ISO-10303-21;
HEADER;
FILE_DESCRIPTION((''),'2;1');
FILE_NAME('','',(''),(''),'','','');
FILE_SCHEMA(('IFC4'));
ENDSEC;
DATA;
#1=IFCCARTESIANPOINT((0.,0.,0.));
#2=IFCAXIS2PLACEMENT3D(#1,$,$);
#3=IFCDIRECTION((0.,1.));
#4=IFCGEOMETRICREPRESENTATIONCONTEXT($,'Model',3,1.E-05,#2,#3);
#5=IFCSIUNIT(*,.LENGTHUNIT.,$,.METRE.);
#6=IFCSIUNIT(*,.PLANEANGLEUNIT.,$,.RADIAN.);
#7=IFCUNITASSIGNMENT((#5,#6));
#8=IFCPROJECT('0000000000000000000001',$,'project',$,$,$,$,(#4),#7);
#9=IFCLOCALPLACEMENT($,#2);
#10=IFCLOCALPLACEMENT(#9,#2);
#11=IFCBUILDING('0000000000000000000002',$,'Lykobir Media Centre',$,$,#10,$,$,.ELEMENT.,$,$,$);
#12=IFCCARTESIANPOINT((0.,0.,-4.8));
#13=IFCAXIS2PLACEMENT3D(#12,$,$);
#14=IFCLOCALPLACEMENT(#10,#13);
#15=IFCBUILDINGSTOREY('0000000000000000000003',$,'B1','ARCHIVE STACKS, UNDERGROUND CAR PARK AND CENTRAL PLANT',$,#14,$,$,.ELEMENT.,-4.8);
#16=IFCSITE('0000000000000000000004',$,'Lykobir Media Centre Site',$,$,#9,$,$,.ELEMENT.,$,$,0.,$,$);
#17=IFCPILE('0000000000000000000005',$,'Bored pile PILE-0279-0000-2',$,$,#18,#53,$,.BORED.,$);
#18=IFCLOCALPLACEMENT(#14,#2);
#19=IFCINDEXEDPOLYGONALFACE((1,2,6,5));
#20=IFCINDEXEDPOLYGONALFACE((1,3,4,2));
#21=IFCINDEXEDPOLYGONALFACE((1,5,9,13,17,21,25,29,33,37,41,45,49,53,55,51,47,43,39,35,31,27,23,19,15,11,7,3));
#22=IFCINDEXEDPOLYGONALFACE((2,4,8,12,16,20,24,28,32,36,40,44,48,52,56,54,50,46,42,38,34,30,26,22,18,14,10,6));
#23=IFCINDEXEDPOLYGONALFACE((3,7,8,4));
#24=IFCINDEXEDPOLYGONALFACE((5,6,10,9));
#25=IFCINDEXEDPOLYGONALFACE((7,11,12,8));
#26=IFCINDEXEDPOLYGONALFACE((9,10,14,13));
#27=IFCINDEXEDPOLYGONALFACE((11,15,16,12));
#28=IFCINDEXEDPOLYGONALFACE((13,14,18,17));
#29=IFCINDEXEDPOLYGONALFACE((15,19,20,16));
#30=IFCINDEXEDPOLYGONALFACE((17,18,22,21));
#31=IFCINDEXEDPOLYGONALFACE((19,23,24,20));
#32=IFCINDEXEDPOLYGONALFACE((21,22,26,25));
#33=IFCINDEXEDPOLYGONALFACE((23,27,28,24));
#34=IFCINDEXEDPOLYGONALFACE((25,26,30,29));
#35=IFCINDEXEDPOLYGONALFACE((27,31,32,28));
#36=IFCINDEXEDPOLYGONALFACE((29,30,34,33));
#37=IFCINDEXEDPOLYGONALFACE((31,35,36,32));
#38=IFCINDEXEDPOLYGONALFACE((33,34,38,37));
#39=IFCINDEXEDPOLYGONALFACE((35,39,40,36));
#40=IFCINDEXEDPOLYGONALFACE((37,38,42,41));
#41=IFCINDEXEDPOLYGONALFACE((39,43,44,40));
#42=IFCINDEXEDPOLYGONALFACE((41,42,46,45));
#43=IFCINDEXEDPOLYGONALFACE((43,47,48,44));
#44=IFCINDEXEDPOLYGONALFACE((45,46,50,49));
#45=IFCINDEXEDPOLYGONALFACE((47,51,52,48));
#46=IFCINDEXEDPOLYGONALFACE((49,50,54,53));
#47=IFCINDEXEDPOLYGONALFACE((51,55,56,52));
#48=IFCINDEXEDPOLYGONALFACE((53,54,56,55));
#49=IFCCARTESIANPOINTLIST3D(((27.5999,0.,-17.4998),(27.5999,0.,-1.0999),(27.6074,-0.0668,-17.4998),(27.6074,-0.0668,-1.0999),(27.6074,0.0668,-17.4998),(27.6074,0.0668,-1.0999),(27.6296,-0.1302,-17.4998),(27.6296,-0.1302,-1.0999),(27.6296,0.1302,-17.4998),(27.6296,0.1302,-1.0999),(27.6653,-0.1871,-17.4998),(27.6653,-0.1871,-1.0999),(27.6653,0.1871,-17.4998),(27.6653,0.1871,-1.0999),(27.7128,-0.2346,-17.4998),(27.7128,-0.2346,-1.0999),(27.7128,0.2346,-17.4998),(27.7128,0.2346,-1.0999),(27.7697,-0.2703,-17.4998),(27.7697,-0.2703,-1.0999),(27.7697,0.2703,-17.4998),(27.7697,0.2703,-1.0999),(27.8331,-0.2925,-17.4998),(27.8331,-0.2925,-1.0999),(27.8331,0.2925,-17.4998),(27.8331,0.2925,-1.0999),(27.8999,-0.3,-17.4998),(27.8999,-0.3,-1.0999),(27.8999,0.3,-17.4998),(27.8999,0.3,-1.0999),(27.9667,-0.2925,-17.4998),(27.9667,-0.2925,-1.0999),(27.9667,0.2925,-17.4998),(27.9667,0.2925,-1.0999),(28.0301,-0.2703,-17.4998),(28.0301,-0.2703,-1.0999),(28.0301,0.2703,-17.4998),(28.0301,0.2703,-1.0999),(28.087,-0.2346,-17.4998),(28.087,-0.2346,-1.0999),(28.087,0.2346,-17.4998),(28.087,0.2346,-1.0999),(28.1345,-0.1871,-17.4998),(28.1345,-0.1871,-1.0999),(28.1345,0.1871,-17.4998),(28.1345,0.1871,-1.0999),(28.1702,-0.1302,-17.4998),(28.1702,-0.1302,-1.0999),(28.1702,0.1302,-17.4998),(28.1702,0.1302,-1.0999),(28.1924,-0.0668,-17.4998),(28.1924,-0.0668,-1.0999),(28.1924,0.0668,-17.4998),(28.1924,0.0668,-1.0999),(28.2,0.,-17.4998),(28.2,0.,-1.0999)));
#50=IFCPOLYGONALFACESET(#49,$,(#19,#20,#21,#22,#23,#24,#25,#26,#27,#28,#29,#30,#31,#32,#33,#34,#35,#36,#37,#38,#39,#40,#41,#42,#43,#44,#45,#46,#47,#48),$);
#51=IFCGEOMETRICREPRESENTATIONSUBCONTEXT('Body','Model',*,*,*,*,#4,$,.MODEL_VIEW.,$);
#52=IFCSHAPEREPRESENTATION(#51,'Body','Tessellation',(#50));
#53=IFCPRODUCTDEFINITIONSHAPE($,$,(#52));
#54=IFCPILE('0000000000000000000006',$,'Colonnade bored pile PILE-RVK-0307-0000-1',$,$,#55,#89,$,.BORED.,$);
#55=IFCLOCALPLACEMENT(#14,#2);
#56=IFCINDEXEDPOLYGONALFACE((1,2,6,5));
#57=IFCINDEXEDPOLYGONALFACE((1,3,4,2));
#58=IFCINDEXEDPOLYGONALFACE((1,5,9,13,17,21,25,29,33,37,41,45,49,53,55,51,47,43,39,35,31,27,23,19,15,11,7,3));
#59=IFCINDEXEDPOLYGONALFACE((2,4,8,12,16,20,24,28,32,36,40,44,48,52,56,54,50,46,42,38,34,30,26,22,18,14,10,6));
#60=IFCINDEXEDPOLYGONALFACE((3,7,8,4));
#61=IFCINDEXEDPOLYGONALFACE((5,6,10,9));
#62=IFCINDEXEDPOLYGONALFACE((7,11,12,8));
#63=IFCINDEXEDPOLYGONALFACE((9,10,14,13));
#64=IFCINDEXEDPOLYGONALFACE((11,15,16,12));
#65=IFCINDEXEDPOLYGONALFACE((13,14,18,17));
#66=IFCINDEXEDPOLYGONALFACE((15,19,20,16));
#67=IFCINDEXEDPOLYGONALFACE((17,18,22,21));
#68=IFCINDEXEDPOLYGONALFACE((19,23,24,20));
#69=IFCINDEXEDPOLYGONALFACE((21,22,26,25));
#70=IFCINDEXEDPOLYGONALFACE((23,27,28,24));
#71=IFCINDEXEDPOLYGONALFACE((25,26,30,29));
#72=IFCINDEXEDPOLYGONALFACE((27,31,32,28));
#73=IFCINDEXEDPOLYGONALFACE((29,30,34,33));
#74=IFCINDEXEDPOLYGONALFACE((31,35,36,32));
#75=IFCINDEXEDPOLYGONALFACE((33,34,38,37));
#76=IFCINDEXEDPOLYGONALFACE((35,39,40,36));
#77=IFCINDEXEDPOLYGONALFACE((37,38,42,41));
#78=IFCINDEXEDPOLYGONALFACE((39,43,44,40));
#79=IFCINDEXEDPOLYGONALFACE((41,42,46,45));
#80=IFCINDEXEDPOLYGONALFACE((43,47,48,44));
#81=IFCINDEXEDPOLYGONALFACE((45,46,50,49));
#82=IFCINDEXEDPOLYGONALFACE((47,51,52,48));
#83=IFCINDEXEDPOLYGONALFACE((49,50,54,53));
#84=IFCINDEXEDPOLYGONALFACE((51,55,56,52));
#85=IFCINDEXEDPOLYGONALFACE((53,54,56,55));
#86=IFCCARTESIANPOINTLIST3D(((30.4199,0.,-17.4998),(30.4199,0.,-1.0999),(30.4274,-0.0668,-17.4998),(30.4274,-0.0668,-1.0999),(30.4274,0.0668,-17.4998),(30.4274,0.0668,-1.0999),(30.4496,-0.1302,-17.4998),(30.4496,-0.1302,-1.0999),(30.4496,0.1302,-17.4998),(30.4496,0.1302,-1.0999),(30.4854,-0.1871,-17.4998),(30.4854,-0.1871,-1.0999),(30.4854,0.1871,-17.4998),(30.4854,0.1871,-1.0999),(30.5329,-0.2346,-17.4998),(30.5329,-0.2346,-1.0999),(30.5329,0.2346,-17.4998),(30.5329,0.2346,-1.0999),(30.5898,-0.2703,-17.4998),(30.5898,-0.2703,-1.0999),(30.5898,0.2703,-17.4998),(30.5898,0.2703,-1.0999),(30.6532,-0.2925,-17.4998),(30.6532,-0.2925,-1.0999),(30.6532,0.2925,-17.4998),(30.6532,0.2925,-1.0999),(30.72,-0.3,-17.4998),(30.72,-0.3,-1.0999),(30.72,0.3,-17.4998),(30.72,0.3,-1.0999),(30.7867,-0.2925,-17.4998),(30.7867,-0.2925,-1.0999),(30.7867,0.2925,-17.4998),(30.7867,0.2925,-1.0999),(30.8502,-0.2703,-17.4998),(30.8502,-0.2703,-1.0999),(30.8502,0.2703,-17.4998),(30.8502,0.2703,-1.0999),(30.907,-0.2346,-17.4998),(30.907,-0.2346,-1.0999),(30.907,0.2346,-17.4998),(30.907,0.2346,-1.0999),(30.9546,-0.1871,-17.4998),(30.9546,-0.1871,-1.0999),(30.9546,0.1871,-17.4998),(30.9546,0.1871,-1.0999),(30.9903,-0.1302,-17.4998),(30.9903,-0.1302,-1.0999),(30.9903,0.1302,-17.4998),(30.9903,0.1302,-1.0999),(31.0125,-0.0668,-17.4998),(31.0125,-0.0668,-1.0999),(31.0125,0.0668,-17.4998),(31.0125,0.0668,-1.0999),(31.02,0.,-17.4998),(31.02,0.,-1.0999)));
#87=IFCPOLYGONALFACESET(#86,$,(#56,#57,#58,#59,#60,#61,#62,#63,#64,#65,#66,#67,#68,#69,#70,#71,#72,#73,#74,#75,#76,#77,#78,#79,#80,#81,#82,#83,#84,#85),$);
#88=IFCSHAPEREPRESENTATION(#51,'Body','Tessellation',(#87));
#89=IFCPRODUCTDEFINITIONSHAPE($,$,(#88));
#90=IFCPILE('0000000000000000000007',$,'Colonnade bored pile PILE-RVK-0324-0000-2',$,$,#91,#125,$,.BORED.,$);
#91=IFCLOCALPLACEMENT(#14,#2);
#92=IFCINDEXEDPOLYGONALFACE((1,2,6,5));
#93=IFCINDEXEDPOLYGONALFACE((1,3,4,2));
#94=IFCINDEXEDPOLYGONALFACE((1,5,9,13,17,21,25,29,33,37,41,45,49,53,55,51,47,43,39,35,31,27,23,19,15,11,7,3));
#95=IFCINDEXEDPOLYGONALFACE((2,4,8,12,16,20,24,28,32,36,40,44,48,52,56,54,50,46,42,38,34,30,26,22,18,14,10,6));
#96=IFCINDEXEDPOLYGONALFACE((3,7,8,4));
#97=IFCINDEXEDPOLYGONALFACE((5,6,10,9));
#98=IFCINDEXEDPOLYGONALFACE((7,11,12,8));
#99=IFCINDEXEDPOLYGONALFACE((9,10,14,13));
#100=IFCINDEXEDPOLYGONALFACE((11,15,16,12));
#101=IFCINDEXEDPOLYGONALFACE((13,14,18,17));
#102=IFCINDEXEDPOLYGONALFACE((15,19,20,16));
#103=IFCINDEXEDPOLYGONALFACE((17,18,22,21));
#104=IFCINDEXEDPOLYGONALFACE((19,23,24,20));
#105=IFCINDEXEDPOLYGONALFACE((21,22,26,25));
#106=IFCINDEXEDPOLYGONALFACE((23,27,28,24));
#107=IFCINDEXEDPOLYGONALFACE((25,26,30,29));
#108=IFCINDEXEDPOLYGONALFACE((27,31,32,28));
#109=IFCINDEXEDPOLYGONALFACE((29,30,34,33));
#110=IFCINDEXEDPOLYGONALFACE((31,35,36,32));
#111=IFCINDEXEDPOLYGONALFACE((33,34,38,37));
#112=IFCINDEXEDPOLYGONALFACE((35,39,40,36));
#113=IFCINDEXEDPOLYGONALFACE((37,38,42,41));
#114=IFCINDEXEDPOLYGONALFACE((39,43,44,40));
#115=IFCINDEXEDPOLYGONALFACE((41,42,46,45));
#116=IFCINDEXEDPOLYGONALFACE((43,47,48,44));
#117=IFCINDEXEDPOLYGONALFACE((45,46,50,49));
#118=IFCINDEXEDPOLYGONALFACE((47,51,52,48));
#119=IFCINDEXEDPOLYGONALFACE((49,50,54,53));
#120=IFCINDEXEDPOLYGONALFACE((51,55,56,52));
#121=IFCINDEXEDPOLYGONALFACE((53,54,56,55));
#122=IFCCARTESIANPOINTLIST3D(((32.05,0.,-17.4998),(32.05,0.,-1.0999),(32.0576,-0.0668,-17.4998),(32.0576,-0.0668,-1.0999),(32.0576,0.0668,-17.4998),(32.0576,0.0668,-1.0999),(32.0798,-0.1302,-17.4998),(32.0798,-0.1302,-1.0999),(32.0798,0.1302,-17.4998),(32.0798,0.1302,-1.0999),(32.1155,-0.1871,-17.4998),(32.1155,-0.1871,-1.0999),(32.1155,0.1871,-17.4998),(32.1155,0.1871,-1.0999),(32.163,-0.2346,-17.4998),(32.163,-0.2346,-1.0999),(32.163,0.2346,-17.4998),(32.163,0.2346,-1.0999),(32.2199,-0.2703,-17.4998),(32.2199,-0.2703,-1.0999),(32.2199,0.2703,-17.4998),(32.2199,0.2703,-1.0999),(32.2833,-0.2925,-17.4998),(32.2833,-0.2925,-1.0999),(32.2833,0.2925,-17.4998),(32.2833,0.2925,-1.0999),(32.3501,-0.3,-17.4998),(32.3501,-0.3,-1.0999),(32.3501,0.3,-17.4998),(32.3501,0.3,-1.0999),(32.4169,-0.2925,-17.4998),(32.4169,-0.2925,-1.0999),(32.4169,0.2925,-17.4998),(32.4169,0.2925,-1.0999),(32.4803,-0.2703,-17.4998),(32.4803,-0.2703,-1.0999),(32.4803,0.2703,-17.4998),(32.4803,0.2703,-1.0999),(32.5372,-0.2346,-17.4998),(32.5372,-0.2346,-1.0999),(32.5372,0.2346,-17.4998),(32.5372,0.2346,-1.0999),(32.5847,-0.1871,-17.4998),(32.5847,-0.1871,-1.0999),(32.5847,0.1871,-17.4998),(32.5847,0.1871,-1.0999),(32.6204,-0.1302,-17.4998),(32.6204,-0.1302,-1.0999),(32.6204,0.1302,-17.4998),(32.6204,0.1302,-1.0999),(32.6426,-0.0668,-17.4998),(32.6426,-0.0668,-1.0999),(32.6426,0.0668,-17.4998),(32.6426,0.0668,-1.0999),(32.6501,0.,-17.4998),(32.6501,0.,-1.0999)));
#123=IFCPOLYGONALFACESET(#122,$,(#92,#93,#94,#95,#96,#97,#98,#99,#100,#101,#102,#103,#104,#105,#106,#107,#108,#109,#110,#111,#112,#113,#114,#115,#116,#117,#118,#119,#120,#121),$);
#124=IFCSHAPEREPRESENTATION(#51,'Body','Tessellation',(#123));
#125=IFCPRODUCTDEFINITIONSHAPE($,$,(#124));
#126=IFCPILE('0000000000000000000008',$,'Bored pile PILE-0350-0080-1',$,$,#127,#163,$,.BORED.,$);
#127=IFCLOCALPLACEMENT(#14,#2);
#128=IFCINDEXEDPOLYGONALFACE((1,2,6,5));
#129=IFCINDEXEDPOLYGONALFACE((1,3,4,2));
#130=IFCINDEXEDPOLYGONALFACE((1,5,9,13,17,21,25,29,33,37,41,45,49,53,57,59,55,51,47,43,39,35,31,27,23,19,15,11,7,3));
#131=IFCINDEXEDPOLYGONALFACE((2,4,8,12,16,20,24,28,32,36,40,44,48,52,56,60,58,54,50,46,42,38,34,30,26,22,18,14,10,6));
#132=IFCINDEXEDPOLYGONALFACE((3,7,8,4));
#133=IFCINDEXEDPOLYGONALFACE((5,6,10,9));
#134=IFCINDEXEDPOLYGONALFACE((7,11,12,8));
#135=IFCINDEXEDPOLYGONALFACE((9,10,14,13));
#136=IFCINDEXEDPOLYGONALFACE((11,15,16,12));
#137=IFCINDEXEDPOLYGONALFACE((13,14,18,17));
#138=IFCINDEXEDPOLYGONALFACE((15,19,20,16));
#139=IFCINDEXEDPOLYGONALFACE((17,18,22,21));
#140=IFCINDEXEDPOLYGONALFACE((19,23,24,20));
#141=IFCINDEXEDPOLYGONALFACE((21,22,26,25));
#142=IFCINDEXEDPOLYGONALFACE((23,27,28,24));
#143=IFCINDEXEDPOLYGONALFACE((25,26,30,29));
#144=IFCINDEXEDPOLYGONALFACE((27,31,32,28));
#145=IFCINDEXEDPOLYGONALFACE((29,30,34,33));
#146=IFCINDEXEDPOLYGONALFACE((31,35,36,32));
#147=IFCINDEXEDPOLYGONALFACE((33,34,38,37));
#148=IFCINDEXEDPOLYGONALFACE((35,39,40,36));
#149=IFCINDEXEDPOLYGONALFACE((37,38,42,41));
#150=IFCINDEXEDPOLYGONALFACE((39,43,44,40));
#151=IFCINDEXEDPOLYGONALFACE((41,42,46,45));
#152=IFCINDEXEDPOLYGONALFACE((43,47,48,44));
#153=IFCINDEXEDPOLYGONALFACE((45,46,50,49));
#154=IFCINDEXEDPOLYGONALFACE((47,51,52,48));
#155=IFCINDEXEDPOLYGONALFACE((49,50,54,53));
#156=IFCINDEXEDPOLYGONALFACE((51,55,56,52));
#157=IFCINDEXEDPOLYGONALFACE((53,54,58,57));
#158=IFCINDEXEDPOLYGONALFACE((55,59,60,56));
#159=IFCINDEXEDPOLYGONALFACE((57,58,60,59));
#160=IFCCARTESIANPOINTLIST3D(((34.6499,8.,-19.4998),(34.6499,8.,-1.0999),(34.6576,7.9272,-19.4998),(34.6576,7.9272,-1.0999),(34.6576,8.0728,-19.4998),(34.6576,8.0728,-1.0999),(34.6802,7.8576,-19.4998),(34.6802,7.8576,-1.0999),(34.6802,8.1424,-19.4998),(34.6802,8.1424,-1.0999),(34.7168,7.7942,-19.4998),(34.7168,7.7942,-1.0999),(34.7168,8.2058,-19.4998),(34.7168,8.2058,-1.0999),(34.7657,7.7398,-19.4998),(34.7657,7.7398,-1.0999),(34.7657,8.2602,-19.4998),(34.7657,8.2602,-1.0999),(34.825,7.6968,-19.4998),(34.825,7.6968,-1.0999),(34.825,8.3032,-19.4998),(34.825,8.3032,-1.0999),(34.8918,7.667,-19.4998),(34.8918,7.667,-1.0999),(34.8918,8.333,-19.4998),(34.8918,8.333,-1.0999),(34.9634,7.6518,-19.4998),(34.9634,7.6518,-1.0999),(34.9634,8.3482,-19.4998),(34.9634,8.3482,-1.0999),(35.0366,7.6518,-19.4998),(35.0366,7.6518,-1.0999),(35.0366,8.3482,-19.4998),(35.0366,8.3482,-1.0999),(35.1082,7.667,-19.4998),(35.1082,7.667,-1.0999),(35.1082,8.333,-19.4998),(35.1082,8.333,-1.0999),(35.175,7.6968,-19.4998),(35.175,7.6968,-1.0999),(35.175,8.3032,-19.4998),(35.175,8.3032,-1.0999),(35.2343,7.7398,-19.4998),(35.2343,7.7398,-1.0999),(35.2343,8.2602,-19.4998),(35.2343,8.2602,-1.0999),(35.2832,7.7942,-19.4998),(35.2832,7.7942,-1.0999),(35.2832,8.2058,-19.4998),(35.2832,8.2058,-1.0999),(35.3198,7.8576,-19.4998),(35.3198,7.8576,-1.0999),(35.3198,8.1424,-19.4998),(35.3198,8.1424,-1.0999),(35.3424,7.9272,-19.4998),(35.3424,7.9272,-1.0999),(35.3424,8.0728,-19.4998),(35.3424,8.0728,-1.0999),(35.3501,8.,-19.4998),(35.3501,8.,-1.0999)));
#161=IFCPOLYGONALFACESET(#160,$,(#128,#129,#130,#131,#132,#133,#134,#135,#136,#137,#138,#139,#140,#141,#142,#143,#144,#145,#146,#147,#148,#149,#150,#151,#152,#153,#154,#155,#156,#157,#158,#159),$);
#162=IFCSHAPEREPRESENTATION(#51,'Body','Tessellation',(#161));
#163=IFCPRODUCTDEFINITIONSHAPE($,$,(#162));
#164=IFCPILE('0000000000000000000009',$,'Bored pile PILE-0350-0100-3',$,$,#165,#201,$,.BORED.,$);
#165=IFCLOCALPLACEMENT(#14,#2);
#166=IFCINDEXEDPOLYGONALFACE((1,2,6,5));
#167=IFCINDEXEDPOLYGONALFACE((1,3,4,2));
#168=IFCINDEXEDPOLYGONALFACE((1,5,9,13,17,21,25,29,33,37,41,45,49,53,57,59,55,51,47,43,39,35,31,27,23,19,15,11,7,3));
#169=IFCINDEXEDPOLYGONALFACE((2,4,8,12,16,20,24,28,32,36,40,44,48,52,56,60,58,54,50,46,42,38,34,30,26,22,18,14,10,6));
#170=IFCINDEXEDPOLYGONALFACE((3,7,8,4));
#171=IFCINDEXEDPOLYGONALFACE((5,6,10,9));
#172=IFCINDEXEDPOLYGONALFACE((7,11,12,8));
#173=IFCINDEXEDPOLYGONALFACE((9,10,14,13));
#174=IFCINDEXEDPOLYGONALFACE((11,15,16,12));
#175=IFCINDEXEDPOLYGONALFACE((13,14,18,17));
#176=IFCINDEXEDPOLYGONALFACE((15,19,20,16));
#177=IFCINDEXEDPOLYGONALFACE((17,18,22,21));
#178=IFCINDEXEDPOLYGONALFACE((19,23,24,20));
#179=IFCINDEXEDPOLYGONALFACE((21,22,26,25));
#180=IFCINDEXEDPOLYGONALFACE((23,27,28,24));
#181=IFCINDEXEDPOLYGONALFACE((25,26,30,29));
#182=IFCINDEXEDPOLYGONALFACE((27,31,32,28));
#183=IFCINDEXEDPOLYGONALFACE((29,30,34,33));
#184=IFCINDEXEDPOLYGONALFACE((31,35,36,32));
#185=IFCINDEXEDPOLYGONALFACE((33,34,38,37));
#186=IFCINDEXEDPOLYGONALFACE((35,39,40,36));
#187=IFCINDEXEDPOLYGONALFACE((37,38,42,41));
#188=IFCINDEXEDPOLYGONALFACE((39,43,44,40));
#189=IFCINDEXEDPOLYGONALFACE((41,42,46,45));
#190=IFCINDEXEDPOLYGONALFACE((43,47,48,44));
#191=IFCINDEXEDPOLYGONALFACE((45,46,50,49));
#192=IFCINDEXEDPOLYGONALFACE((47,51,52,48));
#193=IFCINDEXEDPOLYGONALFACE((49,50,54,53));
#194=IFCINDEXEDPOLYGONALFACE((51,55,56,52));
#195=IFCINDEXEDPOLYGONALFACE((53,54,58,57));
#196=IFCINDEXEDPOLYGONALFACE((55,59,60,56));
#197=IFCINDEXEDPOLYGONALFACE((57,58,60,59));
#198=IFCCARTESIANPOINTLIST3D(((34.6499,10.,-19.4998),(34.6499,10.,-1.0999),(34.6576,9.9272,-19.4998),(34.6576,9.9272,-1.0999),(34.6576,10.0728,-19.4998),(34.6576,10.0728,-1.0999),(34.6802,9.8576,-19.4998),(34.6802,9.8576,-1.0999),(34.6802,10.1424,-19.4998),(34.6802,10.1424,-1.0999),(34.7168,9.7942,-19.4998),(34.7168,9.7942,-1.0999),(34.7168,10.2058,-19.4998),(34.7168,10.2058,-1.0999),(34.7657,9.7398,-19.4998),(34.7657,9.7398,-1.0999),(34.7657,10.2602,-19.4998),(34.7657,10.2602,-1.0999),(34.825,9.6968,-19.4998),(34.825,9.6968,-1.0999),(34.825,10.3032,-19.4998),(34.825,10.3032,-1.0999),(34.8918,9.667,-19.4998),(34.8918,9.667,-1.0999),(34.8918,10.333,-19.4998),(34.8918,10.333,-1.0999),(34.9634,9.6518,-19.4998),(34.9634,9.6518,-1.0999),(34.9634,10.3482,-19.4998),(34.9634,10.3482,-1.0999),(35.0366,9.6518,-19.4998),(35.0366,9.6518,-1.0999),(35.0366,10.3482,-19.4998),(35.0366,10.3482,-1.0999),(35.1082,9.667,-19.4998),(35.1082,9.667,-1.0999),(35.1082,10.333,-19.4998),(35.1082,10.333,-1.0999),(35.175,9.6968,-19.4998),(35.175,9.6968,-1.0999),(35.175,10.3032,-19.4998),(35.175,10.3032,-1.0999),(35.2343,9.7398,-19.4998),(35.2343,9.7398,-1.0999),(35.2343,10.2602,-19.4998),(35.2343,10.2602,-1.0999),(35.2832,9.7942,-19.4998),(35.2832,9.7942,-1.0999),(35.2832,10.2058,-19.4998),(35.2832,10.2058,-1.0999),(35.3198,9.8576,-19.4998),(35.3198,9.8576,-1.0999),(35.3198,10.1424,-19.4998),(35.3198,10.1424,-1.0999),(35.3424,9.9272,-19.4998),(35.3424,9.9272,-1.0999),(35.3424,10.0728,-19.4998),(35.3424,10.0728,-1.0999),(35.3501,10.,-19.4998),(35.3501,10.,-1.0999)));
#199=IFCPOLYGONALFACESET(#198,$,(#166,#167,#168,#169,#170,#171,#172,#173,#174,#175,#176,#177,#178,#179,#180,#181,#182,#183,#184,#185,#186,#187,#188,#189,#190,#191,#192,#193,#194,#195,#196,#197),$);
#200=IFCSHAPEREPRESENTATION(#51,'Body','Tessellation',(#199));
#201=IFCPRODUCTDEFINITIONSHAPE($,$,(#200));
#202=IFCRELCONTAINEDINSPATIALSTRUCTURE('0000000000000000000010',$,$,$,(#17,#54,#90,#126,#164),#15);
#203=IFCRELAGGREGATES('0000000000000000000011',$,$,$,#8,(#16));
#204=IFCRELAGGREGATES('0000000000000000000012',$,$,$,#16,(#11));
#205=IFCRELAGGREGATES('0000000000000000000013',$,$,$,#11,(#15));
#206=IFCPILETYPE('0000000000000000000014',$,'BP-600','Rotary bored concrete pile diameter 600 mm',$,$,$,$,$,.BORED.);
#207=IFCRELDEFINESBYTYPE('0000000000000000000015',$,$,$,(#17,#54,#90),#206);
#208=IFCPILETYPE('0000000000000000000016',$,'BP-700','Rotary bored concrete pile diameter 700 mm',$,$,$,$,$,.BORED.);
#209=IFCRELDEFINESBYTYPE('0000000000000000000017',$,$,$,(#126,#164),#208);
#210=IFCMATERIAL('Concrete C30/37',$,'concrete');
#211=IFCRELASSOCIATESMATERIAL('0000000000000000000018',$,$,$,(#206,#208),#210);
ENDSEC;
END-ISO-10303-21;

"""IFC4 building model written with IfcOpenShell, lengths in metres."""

from ifc_helpers import new_model, si_unit, direction, frame, origin, origin_2d, place, context, subcontext, project, spatial, circle, extrude, material, material_profile, profile_set, type_object, element, save


model = new_model("IFC4")

# Units and contexts
model_context = context("Model", 3, precision=1e-05, world=origin(), true_north=direction((0.0, 1.0)))
body_context = subcontext(model_context, "Body", "Model", "MODEL_VIEW")
ifc_project = project(units=[si_unit("LENGTHUNIT", "METRE"), si_unit("PLANEANGLEUNIT", "RADIAN")], contexts=[model_context])

# Site, building, storey
site_placement = place(None, origin())
site = spatial("IfcSite", under=ifc_project, at=site_placement, Name="Lykobir Media Centre Site", CompositionType="ELEMENT", RefElevation=0.0)
building_placement = place(site_placement, origin())
building = spatial("IfcBuilding", under=site, at=building_placement, Name="Lykobir Media Centre", CompositionType="ELEMENT")
storey_placement = place(building_placement, frame((0.0, 0.0, -4.8)))
storey = spatial("IfcBuildingStorey", under=building, at=storey_placement, Name="B1", Description="ARCHIVE STACKS, UNDERGROUND CAR PARK AND CENTRAL PLANT", CompositionType="ELEMENT", Elevation=-4.8)

# Piles
ifc_material_1 = material(Name="Concrete C30/37", Category="concrete")
ifc_material_profile_1 = material_profile(ifc_material_1, circle(Radius=0.3, at=origin_2d()), Name="BORED PILE D600")
ifc_profile_set_1 = profile_set([ifc_material_profile_1], Name="Concrete C30/37")
pile_type_1 = type_object("IfcPileType", Name="BP-600", Description="Rotary bored concrete pile diameter 600 mm", PredefinedType="BORED", material=ifc_profile_set_1)
for number, where, z_axis, x_axis, name in (
    (1, (27.8999, 0.0, -1.0999), (0.0, 0.0, -1.0), (1.0, 0.0, 0.0), "Bored pile PILE-0279-0000-2"),
    (2, (30.72, 0.0, -1.0999), (0.0, 0.0, -1.0), (1.0, 0.0, 0.0), "Colonnade bored pile PILE-RVK-0307-0000-1"),
    (3, (32.3501, 0.0, -1.0999), (0.0, 0.0, -1.0), (1.0, 0.0, 0.0), "Colonnade bored pile PILE-RVK-0324-0000-2"),
):
    element("IfcPile", number, at=place(storey_placement, frame(where, z_axis=z_axis, x_axis=x_axis)), inside=storey, type_object=pile_type_1, Name=name, PredefinedType="BORED", context=body_context, shape_type="SweptSolid", body=[
        extrude(circle(Radius=0.3, at=origin_2d()), origin(), (0.0, 0.0, 1.0), 16.3999),
    ])
ifc_material_profile_2 = material_profile(ifc_material_1, circle(Radius=0.3501, at=origin_2d()), Name="BORED PILE D700")
ifc_profile_set_2 = profile_set([ifc_material_profile_2], Name="Concrete C30/37")
pile_type_2 = type_object("IfcPileType", Name="BP-700", Description="Rotary bored concrete pile diameter 700 mm", PredefinedType="BORED", material=ifc_profile_set_2)
for number, where, z_axis, x_axis, name in (
    (4, (35.0, 8.0, -1.0999), (0.0, 0.0, -1.0), (1.0, 0.0, 0.0), "Bored pile PILE-0350-0080-1"),
    (5, (35.0, 10.0, -1.0999), (0.0, 0.0, -1.0), (1.0, 0.0, 0.0), "Bored pile PILE-0350-0100-3"),
):
    element("IfcPile", number, at=place(storey_placement, frame(where, z_axis=z_axis, x_axis=x_axis)), inside=storey, type_object=pile_type_2, Name=name, PredefinedType="BORED", context=body_context, shape_type="SweptSolid", body=[
        extrude(circle(Radius=0.3501, at=origin_2d()), origin(), (0.0, 0.0, 1.0), 18.3999),
    ])

save(model, "model.ifc")
